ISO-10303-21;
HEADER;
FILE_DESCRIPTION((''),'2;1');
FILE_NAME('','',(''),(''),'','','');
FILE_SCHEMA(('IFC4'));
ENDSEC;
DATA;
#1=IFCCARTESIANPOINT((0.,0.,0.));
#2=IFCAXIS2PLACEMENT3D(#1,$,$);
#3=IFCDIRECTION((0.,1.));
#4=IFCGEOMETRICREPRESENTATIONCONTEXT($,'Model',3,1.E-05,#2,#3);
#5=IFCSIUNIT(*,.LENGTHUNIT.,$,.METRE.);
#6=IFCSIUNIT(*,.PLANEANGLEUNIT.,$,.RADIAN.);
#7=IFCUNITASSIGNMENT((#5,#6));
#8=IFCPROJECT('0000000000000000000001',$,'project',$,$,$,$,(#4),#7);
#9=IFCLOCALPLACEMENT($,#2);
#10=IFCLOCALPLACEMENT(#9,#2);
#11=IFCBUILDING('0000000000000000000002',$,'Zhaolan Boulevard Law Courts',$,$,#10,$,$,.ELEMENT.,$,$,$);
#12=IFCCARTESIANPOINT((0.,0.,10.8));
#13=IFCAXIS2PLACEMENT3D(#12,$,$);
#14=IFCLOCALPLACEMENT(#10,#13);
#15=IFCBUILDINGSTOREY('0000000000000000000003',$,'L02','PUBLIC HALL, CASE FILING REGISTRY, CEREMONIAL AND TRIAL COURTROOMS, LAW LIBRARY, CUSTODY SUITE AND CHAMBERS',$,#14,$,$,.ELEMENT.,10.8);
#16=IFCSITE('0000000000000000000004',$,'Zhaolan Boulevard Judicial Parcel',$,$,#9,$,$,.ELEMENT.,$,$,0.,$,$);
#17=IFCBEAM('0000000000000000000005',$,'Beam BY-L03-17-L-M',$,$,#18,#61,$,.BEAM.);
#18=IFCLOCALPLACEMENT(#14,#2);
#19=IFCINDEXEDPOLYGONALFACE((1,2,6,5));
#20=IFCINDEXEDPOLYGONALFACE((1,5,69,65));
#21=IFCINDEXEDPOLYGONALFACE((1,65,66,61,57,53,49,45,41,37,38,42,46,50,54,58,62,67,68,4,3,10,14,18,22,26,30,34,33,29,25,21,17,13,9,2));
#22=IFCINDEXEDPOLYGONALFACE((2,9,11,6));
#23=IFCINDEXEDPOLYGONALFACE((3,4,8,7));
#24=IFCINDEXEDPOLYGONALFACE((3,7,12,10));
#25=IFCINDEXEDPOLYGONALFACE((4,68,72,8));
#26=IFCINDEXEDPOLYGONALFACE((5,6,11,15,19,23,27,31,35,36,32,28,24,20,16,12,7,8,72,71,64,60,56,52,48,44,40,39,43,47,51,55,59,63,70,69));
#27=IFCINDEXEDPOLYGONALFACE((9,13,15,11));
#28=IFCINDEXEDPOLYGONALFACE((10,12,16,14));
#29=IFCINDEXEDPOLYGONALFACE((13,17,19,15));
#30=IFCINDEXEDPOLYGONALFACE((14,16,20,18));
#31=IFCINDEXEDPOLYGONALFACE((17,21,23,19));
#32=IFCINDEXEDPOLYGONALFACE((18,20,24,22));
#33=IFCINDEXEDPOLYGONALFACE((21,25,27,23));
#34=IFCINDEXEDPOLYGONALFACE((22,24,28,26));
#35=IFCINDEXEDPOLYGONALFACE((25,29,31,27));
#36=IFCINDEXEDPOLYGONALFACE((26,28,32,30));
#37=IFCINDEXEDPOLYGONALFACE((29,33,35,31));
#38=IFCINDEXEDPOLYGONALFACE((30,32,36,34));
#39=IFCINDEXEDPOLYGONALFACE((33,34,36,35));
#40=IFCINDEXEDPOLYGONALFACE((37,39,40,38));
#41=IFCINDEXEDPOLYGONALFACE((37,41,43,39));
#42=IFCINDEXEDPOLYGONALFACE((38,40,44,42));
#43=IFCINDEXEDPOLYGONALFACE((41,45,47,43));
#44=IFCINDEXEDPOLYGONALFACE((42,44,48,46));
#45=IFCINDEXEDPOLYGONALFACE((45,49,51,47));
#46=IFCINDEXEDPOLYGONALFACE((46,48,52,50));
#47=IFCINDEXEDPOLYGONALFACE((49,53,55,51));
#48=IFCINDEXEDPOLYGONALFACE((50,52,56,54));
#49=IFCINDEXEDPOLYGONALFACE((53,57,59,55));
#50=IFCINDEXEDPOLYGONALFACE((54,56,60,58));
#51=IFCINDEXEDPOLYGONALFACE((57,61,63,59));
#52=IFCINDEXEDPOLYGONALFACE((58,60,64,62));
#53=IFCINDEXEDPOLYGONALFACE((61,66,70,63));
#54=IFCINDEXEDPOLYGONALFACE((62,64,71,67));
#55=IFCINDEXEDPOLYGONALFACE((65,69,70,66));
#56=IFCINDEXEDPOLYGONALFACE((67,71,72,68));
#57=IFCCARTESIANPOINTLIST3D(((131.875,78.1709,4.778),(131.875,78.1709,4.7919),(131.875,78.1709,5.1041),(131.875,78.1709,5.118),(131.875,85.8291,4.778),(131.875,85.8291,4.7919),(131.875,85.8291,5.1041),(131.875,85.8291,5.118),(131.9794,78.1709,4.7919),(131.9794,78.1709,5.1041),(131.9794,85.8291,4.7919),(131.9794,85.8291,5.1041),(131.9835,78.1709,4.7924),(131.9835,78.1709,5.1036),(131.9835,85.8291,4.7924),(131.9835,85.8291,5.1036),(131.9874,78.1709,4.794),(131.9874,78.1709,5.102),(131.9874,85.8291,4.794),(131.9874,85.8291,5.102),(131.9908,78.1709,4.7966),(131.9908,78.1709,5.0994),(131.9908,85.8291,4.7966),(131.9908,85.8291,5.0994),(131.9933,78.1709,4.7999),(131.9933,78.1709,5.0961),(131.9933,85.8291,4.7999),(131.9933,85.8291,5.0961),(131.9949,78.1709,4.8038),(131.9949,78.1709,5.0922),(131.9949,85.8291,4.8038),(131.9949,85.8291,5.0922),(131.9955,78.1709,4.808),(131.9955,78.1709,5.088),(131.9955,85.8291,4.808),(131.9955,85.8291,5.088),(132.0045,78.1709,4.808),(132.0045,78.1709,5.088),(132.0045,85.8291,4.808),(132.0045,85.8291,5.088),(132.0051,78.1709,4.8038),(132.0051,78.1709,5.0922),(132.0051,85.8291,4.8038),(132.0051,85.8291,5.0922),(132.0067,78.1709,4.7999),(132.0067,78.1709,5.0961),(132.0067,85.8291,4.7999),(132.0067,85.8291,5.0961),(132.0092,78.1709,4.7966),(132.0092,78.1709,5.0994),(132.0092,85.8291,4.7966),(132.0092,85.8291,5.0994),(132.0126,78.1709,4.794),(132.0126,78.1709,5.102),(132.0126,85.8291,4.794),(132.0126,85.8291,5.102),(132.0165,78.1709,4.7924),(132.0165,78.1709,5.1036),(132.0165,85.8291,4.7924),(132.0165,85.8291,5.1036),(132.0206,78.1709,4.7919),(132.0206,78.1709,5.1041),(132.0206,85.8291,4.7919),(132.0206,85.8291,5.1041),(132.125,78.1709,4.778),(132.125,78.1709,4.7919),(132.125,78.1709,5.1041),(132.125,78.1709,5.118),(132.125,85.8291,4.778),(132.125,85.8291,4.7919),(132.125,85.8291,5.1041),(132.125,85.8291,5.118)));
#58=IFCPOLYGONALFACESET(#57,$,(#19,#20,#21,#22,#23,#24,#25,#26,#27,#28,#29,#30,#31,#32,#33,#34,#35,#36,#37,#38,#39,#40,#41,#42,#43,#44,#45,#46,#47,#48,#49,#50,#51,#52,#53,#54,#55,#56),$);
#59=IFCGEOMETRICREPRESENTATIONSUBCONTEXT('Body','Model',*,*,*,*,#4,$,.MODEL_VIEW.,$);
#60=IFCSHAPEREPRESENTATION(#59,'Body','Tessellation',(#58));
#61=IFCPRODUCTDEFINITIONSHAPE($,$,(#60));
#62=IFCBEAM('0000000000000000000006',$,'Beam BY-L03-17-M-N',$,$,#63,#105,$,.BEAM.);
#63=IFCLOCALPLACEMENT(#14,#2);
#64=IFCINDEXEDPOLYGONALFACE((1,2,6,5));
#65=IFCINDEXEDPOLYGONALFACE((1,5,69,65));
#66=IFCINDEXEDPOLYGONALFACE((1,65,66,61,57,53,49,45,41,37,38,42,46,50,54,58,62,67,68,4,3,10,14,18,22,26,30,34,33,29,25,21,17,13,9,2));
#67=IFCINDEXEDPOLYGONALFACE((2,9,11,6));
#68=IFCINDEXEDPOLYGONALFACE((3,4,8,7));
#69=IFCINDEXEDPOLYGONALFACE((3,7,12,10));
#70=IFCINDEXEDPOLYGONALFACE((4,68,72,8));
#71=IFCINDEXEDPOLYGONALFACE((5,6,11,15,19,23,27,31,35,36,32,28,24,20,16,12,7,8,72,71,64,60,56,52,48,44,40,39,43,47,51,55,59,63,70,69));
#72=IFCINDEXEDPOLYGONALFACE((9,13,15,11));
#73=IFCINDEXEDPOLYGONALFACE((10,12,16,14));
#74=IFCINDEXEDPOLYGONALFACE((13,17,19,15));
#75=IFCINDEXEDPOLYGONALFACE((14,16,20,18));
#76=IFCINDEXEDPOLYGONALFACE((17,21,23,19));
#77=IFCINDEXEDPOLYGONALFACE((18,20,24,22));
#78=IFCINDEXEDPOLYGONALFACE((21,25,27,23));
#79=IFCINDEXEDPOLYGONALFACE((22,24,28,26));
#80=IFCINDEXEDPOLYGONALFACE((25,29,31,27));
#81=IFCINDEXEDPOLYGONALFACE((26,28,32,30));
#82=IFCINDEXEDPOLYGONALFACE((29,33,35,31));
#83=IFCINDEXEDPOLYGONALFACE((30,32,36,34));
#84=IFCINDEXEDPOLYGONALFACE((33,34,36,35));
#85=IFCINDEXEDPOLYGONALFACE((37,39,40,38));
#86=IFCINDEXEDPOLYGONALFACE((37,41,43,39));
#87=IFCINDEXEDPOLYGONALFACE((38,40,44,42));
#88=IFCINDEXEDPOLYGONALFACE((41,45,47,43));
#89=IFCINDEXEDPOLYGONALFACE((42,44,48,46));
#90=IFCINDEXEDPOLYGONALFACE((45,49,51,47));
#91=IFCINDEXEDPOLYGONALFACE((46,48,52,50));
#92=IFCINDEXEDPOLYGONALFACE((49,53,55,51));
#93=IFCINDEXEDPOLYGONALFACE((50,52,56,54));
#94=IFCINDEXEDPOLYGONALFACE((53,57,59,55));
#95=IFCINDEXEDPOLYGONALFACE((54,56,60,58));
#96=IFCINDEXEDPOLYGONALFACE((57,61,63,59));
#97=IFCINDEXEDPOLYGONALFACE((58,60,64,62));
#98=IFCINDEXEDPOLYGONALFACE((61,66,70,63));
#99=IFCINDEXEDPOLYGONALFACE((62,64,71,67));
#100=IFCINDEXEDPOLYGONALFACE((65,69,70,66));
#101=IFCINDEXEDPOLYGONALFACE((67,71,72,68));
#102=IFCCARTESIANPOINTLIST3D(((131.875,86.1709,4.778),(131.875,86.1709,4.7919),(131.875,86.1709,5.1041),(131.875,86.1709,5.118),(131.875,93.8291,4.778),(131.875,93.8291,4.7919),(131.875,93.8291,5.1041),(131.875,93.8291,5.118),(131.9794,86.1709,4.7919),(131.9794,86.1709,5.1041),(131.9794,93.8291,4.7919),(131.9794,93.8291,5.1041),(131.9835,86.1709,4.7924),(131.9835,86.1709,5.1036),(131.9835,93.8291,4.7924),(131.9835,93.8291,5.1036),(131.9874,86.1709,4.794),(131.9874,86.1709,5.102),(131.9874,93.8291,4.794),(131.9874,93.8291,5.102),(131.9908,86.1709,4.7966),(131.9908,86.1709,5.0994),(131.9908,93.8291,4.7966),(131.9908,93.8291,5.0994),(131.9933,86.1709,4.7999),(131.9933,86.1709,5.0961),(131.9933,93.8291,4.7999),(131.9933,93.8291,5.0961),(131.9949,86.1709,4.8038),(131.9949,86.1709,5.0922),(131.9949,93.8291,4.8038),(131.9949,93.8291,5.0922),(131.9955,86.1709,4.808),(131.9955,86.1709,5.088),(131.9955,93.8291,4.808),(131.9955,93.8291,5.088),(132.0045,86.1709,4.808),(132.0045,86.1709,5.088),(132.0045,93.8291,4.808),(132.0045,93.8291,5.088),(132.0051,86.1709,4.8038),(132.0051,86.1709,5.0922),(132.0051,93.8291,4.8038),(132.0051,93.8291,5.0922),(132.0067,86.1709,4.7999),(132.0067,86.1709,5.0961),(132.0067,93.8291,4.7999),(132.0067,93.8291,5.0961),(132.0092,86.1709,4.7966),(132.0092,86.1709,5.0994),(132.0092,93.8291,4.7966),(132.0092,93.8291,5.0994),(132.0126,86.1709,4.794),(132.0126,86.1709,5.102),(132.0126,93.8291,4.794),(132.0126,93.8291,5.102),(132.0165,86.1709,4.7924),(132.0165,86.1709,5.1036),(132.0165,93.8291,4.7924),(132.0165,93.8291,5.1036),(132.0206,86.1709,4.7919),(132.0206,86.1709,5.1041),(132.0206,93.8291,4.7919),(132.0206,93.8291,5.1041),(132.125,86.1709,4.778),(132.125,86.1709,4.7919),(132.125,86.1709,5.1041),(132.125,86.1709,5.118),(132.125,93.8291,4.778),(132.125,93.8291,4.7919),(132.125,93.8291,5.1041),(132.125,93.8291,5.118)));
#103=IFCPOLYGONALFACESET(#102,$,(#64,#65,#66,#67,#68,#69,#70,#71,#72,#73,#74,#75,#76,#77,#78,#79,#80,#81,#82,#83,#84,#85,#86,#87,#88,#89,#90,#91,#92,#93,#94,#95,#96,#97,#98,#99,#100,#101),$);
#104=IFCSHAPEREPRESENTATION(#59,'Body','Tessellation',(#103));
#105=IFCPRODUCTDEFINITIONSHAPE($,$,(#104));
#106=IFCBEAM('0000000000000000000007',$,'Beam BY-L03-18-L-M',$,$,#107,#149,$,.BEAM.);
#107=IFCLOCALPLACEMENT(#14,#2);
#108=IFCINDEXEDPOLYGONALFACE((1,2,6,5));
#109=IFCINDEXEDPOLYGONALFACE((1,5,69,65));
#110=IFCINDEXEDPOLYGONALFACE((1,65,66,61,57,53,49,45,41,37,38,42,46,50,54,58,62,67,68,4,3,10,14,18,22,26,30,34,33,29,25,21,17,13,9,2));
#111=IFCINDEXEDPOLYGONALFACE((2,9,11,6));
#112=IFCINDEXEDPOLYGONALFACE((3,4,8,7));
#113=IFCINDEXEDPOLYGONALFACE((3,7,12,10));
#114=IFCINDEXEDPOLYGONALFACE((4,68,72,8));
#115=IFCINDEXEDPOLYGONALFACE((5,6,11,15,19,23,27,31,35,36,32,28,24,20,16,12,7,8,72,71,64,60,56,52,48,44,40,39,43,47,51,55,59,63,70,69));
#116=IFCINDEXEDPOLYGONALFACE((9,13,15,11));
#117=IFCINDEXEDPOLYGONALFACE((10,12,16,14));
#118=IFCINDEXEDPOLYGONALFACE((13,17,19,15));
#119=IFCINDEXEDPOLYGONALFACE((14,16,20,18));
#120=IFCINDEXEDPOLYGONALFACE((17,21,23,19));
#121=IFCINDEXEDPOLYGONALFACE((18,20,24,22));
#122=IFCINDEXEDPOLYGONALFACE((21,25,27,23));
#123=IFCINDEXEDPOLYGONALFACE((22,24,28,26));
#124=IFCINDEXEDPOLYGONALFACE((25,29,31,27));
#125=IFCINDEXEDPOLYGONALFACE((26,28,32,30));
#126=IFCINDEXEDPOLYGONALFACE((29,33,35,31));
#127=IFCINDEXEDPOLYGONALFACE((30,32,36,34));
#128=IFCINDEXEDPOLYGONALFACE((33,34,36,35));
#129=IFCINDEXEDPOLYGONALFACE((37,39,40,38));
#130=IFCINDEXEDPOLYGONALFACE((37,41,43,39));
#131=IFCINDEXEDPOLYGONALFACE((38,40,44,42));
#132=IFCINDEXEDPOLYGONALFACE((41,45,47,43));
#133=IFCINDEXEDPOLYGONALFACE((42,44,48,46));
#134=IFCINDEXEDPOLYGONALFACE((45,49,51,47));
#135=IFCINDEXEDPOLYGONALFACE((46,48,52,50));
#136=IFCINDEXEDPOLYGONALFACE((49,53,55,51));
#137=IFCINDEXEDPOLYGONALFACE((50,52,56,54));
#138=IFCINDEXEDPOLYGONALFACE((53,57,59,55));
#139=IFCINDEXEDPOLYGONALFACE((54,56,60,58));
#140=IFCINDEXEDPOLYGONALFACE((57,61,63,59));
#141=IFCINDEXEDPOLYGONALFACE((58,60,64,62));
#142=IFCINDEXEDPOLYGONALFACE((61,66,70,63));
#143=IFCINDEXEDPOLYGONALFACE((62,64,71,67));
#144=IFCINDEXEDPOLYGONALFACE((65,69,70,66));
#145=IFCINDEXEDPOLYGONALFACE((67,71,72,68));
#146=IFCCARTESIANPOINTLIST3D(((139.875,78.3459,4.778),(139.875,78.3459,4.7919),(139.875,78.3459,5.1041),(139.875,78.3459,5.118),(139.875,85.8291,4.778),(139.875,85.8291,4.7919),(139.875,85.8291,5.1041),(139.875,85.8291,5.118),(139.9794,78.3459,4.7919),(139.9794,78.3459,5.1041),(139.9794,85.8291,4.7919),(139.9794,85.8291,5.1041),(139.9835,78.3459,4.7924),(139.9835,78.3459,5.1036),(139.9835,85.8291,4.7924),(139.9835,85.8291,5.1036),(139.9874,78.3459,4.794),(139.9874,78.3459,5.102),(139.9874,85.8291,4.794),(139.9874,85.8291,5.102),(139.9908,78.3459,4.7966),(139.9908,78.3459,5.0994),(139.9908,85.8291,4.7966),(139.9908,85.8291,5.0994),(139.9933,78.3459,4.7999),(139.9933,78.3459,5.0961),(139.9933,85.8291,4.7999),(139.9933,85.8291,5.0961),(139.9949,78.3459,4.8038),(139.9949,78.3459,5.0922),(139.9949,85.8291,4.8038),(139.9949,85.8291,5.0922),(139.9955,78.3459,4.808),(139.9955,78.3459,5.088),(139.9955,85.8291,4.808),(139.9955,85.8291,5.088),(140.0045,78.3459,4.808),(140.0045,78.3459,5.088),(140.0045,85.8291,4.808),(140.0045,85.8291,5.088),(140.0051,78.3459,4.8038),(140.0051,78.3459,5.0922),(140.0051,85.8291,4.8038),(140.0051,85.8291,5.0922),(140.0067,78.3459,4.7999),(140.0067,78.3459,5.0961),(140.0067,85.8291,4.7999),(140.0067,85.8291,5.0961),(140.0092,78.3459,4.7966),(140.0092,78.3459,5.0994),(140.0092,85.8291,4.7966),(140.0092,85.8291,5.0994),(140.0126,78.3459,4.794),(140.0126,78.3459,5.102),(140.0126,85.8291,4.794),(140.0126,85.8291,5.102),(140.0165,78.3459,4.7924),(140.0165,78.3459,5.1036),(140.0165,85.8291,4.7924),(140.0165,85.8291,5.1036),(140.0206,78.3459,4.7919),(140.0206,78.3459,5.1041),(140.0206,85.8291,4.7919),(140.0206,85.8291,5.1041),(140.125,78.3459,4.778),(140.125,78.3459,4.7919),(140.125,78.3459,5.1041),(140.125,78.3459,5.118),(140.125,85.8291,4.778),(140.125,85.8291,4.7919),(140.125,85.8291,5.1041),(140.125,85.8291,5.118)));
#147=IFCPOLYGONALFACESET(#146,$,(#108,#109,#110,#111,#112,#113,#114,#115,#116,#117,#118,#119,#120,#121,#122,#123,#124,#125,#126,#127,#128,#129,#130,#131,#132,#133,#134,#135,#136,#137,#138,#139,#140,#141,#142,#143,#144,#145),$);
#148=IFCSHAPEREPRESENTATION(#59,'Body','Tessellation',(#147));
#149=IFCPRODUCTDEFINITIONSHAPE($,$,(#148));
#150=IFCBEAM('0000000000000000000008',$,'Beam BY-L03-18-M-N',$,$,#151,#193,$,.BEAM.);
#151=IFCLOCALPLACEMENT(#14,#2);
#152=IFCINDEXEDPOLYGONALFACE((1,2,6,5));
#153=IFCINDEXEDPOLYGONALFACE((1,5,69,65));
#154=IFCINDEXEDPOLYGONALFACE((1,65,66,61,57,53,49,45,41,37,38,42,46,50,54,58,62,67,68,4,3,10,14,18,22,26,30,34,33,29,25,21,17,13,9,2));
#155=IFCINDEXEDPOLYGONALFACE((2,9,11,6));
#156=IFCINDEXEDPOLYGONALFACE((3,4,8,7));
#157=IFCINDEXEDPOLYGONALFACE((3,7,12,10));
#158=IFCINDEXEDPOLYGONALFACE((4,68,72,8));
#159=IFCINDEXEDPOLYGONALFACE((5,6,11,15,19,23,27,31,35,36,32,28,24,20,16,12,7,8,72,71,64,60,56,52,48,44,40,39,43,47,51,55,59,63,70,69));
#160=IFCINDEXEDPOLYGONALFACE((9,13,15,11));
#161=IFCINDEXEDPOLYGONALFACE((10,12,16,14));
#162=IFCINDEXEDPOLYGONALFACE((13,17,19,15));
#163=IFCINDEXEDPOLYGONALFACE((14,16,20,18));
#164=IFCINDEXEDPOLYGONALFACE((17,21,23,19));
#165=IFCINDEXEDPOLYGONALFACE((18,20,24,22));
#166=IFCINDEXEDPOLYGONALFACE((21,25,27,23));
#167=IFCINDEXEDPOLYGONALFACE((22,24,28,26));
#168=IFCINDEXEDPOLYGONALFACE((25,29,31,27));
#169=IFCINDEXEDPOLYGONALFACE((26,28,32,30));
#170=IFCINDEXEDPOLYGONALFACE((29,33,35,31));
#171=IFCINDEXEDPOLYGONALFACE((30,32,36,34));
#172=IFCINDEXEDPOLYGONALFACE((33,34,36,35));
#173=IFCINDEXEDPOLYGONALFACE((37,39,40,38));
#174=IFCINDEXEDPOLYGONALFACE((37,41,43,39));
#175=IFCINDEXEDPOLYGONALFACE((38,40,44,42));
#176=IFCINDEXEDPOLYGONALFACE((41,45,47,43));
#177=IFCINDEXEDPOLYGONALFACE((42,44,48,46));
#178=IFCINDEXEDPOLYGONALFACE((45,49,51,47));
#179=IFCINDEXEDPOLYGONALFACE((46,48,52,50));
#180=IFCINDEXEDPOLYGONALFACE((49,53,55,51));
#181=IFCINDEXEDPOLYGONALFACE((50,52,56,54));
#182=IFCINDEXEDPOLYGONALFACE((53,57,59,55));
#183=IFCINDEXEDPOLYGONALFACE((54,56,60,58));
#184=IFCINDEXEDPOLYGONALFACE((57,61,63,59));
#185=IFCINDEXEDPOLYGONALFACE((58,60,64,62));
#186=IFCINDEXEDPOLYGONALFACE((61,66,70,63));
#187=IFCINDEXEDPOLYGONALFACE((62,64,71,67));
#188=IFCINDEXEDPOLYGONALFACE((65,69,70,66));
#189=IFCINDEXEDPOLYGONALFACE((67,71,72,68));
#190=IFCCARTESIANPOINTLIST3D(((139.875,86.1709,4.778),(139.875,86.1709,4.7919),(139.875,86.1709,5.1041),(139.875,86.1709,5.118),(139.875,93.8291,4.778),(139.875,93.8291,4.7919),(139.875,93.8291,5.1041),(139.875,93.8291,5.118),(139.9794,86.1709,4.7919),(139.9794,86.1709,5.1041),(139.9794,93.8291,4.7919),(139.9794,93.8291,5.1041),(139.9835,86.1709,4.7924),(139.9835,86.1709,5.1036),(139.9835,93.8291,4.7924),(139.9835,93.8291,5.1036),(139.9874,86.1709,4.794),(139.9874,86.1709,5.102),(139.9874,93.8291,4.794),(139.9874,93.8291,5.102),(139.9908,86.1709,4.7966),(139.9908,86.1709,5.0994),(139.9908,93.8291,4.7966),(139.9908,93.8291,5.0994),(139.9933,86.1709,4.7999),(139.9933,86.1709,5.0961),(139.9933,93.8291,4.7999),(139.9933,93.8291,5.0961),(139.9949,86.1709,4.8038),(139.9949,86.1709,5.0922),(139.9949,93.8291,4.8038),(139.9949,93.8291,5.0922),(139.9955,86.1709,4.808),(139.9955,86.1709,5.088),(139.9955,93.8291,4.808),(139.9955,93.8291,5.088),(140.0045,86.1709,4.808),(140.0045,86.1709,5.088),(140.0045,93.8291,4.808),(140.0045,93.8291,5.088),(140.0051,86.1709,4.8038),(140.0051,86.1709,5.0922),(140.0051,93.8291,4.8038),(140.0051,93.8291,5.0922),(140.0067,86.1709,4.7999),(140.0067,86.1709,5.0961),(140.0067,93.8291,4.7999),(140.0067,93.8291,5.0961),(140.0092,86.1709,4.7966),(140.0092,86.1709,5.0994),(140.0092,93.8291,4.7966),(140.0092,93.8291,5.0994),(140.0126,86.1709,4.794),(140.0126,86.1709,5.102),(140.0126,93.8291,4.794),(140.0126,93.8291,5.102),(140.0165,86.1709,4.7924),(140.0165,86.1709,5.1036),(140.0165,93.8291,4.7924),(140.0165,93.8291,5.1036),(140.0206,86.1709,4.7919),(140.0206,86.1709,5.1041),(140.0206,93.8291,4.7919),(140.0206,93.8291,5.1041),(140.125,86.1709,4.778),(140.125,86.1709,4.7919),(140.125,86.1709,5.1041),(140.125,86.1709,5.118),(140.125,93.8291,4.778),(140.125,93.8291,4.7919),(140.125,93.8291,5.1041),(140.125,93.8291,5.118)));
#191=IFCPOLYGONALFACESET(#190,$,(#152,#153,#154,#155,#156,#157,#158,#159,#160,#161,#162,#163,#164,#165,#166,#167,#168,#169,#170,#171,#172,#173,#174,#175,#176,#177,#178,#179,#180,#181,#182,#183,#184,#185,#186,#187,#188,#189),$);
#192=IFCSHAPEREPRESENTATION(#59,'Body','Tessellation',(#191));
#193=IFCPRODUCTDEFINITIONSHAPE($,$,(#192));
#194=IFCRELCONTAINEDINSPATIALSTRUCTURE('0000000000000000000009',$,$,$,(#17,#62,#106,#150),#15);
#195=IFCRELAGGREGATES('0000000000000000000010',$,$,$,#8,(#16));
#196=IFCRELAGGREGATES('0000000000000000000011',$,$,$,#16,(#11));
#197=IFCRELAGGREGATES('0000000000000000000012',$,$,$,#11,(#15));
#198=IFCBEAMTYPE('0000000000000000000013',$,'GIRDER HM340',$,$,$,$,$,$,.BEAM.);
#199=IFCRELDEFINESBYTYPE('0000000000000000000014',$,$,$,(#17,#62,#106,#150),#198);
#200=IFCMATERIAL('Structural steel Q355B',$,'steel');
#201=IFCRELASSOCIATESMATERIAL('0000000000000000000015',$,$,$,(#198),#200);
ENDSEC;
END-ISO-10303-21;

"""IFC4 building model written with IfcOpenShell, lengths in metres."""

from ifc_helpers import new_model, si_unit, direction, frame, origin, origin_2d, place, context, subcontext, project, spatial, i_section, extrude, material, material_profile, profile_set, type_object, element, save


model = new_model("IFC4")

# Units and contexts
model_context = context("Model", 3, precision=1e-05, world=origin(), true_north=direction((0.0, 1.0)))
body_context = subcontext(model_context, "Body", "Model", "MODEL_VIEW")
ifc_project = project(units=[si_unit("LENGTHUNIT", "METRE"), si_unit("PLANEANGLEUNIT", "RADIAN")], contexts=[model_context])

# Site, building, storey
site_placement = place(None, origin())
site = spatial("IfcSite", under=ifc_project, at=site_placement, Name="Zhaolan Boulevard Judicial Parcel", CompositionType="ELEMENT", RefElevation=0.0)
building_placement = place(site_placement, origin())
building = spatial("IfcBuilding", under=site, at=building_placement, Name="Zhaolan Boulevard Law Courts", CompositionType="ELEMENT")
storey_placement = place(building_placement, frame((0.0, 0.0, 10.8)))
storey = spatial("IfcBuildingStorey", under=building, at=storey_placement, Name="L02", Description="PUBLIC HALL, CASE FILING REGISTRY, CEREMONIAL AND TRIAL COURTROOMS, LAW LIBRARY, CUSTODY SUITE AND CHAMBERS", CompositionType="ELEMENT", Elevation=10.8)

# Beams
ifc_material_1 = material(Name="Structural steel Q355B", Category="steel")
ifc_material_profile_1 = material_profile(ifc_material_1, i_section(OverallWidth=0.25, OverallDepth=0.3401, WebThickness=0.009, FlangeThickness=0.0139, FilletRadius=0.0161, at=origin_2d()), Name="HM340x250")
ifc_profile_set_1 = profile_set([ifc_material_profile_1], Name="Structural steel Q355B")
beam_type_1 = type_object("IfcBeamType", Name="GIRDER HM340", PredefinedType="BEAM", material=ifc_profile_set_1)
for number, where, z_axis, x_axis, name in (
    (1, (132.0, 78.1709, 4.948), (0.0, 1.0, 0.0), (-1.0, 0.0, 0.0), "Beam BY-L03-17-L-M"),
    (2, (132.0, 86.1709, 4.948), (0.0, 1.0, 0.0), (-1.0, 0.0, 0.0), "Beam BY-L03-17-M-N"),
):
    element("IfcBeam", number, at=place(storey_placement, frame(where, z_axis=z_axis, x_axis=x_axis)), inside=storey, type_object=beam_type_1, Name=name, PredefinedType="BEAM", context=body_context, shape_type="SweptSolid", body=[
        extrude(i_section(OverallWidth=0.25, OverallDepth=0.3401, WebThickness=0.009, FlangeThickness=0.0139, FilletRadius=0.0161, at=origin_2d()), origin(), (0.0, 0.0, 1.0), 7.6582),
    ])
beam_1_placement = place(storey_placement, frame((140.0, 78.3459, 4.948), z_axis=(0.0, 1.0, 0.0), x_axis=(-1.0, 0.0, 0.0)))
element("IfcBeam", 3, at=beam_1_placement, inside=storey, type_object=beam_type_1, Name="Beam BY-L03-18-L-M", PredefinedType="BEAM", context=body_context, shape_type="SweptSolid", body=[
    extrude(i_section(OverallWidth=0.25, OverallDepth=0.3401, WebThickness=0.009, FlangeThickness=0.0139, FilletRadius=0.0161, at=origin_2d()), origin(), (0.0, 0.0, 1.0), 7.4832),
])
beam_2_placement = place(storey_placement, frame((140.0, 86.1709, 4.948), z_axis=(0.0, 1.0, 0.0), x_axis=(-1.0, 0.0, 0.0)))
element("IfcBeam", 4, at=beam_2_placement, inside=storey, type_object=beam_type_1, Name="Beam BY-L03-18-M-N", PredefinedType="BEAM", context=body_context, shape_type="SweptSolid", body=[
    extrude(i_section(OverallWidth=0.25, OverallDepth=0.3401, WebThickness=0.009, FlangeThickness=0.0139, FilletRadius=0.0161, at=origin_2d()), origin(), (0.0, 0.0, 1.0), 7.6582),
])

save(model, "model.ifc")
